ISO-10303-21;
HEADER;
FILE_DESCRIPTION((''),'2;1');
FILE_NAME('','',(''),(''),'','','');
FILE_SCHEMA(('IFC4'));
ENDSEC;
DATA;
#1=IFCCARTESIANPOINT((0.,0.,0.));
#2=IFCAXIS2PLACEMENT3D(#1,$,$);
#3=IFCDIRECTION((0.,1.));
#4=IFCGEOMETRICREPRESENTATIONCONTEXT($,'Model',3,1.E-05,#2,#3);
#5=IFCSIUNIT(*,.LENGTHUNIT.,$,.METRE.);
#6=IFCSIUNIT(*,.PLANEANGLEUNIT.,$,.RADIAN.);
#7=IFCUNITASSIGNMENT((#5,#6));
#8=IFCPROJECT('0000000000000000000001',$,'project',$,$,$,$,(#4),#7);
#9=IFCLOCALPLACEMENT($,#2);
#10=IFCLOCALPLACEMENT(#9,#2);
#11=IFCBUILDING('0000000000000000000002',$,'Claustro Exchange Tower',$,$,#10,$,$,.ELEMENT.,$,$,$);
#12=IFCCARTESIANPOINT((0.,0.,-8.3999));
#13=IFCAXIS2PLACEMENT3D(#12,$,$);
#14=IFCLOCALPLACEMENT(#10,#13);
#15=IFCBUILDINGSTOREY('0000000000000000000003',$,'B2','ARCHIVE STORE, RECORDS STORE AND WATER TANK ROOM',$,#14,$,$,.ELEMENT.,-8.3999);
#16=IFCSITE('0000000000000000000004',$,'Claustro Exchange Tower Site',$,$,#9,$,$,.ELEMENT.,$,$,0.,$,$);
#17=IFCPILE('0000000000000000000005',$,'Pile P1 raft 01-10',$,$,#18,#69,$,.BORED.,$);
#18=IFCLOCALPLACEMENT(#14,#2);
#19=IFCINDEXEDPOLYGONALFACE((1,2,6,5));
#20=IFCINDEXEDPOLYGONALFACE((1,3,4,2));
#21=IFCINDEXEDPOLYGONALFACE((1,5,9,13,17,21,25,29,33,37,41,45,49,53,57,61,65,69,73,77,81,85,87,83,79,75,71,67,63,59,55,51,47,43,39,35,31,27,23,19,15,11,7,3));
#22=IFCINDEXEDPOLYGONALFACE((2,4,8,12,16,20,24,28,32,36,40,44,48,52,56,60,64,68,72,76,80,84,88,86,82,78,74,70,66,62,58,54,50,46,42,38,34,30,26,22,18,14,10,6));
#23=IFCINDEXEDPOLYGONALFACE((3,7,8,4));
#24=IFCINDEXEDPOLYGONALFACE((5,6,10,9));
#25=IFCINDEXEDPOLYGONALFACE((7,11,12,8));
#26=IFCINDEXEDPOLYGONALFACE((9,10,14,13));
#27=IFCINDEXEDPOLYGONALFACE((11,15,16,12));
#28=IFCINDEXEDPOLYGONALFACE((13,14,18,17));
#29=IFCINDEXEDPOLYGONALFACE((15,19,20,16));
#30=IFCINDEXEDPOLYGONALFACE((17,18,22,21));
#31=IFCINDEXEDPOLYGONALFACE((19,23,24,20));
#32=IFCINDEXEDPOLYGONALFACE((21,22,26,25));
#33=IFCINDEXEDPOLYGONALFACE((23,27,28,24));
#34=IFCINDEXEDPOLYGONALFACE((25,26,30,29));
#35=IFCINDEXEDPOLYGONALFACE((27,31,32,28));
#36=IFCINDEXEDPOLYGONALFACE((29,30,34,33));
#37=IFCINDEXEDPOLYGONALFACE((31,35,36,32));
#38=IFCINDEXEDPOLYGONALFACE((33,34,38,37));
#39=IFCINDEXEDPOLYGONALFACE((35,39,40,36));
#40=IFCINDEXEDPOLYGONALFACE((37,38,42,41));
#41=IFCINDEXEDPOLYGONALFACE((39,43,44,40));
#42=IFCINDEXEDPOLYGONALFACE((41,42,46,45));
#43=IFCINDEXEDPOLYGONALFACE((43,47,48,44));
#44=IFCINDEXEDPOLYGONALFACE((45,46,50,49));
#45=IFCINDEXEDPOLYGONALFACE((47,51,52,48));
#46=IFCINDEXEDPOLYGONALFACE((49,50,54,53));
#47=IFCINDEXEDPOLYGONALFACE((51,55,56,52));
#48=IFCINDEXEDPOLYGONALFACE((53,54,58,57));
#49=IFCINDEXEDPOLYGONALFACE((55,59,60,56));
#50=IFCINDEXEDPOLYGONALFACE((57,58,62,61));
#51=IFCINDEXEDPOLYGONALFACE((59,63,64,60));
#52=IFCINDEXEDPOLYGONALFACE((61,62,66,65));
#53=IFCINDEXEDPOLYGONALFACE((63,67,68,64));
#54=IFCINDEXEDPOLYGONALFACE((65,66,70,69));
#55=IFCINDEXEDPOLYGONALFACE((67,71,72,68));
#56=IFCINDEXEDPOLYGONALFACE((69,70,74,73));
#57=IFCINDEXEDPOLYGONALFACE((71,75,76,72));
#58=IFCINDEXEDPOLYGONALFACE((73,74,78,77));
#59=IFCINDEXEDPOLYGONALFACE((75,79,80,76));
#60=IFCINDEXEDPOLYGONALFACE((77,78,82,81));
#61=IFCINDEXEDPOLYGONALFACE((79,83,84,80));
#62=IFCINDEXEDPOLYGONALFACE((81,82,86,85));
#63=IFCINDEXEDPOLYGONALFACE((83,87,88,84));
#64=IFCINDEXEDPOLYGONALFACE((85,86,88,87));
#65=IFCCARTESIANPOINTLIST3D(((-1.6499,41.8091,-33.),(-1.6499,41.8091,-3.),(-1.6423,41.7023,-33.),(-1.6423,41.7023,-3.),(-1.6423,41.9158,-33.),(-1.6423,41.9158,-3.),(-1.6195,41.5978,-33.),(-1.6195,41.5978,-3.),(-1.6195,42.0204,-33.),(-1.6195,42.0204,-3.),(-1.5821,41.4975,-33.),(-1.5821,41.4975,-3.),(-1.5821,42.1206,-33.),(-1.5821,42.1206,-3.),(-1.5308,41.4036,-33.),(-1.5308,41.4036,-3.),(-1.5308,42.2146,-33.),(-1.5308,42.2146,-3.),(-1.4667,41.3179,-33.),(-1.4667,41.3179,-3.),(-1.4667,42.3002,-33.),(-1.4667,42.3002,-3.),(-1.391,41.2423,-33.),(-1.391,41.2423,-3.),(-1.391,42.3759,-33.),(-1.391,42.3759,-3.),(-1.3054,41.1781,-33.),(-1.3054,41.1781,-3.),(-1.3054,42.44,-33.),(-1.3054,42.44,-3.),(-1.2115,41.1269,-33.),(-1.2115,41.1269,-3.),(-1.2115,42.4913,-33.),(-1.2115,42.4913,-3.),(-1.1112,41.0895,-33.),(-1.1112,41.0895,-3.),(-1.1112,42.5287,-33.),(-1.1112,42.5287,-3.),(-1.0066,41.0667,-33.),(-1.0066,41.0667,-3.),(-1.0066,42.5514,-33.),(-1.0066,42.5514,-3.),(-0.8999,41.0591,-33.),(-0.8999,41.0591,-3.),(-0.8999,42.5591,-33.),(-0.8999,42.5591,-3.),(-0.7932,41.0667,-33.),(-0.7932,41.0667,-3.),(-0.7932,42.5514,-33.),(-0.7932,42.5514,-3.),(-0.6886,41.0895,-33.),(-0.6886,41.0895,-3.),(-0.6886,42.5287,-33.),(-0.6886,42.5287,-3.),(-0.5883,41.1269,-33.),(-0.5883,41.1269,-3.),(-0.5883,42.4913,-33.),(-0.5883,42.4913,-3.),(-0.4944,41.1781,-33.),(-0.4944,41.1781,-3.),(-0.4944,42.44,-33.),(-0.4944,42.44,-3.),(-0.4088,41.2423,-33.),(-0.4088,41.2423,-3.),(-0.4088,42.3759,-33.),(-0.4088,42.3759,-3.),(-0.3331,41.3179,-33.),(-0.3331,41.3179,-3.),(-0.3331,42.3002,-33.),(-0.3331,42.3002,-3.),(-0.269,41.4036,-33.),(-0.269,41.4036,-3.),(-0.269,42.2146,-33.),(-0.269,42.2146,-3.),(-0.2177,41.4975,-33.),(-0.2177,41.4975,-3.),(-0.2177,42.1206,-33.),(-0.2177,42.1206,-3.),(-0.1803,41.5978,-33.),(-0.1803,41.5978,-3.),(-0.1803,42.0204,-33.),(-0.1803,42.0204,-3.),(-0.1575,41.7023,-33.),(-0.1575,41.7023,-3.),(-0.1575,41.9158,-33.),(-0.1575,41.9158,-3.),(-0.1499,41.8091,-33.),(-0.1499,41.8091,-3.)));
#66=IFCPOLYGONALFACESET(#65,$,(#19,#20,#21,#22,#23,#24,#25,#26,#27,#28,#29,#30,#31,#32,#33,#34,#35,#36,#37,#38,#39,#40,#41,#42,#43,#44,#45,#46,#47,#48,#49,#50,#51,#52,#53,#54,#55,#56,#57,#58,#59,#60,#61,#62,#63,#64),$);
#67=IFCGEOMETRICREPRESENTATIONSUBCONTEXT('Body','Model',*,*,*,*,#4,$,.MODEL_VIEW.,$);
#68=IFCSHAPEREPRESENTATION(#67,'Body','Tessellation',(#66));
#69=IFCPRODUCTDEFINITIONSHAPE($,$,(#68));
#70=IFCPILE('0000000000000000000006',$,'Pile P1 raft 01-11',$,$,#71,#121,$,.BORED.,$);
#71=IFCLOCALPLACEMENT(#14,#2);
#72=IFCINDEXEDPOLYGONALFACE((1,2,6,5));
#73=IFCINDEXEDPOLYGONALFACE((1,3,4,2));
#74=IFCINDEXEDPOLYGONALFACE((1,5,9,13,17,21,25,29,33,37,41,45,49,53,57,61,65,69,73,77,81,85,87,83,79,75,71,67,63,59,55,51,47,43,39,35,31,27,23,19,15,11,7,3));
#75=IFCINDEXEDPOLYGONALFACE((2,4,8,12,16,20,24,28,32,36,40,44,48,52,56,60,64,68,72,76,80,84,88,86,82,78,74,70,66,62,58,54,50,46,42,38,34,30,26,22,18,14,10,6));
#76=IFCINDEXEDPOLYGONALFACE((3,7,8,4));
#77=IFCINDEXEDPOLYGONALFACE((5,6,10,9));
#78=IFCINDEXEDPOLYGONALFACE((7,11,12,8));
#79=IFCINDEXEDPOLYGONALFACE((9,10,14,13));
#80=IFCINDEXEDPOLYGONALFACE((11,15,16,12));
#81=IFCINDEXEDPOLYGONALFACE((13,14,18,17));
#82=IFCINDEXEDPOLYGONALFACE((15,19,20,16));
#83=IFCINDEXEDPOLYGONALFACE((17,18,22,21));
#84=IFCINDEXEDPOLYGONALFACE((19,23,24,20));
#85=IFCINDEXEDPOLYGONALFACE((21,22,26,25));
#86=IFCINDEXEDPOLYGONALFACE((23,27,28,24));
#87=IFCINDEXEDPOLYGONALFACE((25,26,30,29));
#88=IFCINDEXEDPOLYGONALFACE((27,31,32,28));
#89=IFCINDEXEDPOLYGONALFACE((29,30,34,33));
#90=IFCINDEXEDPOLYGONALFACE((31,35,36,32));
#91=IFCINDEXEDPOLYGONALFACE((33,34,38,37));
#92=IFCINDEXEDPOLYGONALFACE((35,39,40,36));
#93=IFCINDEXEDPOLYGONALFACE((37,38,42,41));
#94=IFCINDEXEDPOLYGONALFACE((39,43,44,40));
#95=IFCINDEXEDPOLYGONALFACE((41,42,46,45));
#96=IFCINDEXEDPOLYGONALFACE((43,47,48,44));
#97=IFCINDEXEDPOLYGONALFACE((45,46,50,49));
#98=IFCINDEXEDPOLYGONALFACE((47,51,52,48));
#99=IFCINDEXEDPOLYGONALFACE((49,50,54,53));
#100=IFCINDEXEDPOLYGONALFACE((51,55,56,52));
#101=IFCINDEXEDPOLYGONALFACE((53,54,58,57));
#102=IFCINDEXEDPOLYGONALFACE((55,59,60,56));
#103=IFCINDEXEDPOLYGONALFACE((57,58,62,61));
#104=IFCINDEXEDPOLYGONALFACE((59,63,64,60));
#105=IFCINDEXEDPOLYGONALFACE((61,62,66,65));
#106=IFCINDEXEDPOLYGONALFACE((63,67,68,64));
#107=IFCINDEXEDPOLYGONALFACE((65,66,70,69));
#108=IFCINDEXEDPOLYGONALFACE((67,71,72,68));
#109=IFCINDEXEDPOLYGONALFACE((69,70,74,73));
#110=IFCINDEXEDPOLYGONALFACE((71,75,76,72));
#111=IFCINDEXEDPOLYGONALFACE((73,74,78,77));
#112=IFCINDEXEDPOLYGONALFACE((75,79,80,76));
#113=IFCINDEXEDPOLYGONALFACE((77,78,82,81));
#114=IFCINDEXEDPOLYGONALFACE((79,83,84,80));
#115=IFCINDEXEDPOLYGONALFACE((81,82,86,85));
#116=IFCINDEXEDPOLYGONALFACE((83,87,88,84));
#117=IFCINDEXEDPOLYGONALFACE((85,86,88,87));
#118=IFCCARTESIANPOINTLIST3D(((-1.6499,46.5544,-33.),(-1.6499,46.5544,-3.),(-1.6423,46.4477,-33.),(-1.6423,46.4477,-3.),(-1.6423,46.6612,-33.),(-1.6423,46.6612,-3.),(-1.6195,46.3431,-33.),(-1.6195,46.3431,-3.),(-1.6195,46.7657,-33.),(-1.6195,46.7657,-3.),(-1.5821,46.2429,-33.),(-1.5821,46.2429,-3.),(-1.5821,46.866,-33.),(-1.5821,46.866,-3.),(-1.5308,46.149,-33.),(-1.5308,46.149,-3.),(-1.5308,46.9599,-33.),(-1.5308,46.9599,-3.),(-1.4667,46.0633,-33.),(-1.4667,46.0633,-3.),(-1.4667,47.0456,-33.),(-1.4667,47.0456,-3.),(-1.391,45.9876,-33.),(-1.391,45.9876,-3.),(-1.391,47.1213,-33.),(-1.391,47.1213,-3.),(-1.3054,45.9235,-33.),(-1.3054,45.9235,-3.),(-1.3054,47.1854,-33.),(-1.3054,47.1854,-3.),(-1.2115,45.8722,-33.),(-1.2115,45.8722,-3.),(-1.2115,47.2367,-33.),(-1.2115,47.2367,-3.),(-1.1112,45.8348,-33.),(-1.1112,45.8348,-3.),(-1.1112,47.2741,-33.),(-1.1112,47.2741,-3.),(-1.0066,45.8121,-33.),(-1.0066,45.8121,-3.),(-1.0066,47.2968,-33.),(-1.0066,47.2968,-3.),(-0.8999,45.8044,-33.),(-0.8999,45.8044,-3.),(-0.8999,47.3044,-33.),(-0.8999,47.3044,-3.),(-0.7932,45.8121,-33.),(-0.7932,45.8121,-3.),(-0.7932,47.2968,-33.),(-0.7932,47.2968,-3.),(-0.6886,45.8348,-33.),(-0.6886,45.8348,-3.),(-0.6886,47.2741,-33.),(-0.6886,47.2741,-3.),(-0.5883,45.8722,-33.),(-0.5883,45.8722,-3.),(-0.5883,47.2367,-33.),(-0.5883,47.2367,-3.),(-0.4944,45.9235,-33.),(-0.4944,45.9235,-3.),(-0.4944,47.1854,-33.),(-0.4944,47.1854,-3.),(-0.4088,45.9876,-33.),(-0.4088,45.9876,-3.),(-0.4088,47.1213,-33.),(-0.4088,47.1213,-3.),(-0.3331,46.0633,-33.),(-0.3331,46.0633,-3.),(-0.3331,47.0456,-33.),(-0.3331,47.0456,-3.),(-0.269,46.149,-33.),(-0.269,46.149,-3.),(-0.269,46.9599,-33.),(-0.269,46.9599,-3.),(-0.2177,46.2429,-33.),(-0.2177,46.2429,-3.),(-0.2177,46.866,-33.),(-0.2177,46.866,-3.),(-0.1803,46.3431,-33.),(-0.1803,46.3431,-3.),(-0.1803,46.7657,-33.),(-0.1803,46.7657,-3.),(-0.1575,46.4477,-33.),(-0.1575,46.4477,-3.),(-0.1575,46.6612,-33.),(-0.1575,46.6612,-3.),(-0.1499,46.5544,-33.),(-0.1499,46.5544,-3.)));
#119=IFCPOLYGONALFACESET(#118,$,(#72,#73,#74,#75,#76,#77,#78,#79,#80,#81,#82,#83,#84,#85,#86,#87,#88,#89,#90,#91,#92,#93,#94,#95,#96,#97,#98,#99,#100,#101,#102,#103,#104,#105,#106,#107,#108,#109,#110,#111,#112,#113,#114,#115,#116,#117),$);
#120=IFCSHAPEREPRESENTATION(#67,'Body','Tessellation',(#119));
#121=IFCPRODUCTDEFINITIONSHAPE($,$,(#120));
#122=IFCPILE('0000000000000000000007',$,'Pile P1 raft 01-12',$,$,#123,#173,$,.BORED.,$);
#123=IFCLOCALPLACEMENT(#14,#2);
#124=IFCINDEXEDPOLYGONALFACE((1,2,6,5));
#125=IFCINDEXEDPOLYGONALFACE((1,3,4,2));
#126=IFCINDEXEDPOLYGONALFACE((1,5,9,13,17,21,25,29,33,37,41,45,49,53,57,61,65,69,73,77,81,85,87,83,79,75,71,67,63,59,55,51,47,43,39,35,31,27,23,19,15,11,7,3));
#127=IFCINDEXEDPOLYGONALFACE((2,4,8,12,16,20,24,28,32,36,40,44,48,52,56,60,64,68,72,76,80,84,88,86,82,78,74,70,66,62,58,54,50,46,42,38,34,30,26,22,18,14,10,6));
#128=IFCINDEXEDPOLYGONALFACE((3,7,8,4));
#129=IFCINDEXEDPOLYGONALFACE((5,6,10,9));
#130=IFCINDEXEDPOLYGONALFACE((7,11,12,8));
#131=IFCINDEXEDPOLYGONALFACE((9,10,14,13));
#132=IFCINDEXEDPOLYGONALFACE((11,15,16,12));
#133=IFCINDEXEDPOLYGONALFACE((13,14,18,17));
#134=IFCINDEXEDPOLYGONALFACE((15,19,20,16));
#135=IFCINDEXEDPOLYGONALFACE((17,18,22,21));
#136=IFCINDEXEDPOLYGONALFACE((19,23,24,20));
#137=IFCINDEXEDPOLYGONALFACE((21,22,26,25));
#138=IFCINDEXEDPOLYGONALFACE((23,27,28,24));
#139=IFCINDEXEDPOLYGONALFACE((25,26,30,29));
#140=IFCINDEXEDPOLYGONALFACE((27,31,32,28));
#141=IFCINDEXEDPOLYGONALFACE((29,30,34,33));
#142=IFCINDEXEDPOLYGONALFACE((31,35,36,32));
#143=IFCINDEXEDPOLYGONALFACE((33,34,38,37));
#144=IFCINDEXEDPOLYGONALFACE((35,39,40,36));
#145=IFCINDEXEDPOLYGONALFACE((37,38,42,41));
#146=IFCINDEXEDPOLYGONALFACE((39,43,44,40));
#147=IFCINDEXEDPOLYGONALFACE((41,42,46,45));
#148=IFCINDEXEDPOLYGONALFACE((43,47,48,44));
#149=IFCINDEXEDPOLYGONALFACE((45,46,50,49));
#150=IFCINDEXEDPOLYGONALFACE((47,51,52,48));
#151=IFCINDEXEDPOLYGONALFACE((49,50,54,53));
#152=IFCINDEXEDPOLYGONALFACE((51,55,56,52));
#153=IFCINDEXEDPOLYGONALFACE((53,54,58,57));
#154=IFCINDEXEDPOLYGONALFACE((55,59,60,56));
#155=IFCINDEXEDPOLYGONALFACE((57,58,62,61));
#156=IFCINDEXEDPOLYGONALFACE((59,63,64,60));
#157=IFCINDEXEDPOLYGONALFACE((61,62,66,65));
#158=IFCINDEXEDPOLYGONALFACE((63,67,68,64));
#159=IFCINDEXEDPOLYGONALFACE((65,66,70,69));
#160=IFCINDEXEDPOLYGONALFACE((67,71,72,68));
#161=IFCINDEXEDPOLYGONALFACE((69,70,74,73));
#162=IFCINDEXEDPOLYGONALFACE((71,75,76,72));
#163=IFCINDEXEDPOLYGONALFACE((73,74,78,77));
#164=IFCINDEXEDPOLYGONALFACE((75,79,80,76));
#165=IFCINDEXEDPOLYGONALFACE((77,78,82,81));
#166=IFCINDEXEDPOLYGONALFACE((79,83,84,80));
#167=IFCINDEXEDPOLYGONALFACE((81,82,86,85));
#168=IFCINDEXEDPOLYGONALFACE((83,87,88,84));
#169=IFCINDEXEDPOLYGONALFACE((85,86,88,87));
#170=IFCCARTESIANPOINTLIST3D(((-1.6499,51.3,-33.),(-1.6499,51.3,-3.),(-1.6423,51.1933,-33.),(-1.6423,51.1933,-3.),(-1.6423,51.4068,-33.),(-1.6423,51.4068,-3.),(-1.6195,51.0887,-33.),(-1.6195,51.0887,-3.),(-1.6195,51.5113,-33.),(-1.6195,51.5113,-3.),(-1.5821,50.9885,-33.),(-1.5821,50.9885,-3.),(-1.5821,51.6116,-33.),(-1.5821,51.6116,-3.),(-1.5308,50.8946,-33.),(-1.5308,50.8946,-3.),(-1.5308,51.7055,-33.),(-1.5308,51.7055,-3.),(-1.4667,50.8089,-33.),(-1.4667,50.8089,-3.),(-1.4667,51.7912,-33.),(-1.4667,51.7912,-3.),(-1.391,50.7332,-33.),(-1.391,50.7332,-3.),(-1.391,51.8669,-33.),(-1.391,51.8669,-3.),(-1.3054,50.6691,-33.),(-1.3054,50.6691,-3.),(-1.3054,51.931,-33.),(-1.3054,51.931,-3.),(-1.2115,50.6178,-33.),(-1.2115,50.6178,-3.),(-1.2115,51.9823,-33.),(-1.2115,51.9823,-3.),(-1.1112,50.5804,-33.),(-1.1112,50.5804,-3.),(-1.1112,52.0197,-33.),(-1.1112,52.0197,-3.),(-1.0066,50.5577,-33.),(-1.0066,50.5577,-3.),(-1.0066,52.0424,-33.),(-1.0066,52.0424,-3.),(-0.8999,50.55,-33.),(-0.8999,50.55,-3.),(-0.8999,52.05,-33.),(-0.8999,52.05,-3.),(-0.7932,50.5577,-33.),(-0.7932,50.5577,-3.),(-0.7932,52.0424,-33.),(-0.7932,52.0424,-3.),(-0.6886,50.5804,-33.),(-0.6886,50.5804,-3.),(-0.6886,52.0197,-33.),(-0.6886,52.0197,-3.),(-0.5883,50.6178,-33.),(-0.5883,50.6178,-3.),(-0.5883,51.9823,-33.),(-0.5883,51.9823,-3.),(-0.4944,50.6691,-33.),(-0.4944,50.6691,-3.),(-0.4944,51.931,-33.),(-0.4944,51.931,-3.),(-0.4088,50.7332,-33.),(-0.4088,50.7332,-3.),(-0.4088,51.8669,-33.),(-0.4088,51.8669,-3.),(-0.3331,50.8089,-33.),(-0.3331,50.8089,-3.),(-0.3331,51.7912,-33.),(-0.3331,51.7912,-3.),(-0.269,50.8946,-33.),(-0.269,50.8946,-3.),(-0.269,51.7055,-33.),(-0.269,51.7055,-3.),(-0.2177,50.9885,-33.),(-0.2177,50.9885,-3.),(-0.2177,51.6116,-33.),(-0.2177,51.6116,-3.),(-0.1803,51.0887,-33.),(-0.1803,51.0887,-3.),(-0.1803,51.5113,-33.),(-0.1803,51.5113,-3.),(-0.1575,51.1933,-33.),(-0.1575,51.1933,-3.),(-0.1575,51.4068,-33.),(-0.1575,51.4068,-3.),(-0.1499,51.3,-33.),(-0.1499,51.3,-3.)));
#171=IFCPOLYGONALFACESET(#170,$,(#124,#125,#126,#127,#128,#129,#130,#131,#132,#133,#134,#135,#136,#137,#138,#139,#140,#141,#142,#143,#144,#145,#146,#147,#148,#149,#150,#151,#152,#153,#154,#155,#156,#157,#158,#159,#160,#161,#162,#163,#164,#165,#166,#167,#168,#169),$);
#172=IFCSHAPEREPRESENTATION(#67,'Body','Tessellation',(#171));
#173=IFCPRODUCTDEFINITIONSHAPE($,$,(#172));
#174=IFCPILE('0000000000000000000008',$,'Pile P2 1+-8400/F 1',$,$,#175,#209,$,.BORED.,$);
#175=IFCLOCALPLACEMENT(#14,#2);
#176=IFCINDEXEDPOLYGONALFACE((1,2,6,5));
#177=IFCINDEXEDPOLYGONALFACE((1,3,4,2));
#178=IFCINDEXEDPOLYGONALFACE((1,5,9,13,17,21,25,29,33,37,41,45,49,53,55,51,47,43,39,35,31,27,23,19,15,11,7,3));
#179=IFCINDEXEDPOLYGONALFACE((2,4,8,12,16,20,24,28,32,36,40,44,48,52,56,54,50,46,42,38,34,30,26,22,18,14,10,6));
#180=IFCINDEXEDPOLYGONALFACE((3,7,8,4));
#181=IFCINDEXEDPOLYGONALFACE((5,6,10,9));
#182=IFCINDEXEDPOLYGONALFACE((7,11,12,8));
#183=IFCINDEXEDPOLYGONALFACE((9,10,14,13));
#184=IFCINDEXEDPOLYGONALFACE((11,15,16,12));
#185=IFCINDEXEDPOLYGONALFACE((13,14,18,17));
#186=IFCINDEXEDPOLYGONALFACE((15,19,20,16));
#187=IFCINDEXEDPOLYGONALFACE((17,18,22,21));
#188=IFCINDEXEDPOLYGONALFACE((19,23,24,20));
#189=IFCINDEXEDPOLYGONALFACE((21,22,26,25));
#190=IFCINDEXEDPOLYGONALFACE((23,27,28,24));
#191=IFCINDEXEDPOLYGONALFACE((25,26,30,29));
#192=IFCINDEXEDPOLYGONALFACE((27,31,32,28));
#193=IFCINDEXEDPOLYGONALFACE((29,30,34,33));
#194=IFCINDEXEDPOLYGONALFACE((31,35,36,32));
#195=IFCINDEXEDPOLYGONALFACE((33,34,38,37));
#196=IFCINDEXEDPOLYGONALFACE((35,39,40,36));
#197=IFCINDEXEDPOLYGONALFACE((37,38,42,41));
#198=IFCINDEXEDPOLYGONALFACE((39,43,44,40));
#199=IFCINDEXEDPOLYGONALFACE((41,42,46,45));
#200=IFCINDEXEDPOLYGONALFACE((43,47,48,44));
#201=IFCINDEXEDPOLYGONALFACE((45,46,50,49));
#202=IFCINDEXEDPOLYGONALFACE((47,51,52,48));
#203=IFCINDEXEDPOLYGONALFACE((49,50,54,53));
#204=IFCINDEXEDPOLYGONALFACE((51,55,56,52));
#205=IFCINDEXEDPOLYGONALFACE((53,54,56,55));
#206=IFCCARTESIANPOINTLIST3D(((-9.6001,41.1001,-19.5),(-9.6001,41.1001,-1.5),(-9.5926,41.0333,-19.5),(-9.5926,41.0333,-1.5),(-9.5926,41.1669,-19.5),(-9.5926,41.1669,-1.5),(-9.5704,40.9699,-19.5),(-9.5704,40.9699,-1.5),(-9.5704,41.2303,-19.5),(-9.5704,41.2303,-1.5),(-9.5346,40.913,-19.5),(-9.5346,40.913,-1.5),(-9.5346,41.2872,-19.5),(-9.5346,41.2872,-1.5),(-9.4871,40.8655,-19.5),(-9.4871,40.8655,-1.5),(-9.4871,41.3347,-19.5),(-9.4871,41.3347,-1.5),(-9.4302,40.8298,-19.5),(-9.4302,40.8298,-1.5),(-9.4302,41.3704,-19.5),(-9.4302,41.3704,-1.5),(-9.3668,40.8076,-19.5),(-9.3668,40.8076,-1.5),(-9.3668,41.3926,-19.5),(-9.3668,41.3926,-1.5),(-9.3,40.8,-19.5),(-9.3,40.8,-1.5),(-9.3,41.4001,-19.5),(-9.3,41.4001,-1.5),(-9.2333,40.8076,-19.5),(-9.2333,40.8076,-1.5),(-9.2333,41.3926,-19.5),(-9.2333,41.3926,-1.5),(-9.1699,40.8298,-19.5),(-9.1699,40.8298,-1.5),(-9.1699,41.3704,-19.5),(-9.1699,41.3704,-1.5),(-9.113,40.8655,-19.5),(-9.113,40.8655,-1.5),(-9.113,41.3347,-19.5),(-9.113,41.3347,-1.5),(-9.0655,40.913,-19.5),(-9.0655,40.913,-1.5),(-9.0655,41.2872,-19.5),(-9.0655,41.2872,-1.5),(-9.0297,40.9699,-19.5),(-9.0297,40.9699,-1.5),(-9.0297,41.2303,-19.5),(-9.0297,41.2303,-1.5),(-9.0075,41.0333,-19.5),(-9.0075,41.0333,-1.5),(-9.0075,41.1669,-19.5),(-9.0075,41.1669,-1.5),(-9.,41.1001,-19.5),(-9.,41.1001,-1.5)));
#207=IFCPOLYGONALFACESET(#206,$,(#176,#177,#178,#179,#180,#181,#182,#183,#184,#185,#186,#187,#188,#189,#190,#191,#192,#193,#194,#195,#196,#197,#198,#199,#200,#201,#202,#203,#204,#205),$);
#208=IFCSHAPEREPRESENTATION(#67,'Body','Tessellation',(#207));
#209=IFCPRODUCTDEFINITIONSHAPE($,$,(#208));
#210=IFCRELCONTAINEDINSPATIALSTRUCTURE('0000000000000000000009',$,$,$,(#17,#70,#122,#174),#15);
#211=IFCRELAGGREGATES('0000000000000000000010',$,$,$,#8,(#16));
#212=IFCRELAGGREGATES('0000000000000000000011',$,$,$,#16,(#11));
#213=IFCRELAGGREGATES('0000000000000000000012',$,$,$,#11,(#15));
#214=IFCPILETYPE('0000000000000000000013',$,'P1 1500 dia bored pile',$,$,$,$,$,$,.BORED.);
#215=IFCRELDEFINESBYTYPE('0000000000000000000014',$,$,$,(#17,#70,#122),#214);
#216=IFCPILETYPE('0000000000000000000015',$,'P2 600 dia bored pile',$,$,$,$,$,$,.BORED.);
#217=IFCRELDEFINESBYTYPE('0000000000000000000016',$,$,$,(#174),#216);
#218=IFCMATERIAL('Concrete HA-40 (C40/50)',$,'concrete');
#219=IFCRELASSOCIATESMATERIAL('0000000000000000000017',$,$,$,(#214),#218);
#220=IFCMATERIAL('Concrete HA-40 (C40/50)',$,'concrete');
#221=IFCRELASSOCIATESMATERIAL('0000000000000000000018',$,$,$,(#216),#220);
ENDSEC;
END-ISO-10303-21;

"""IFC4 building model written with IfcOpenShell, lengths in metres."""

from ifc_helpers import new_model, si_unit, direction, frame, origin, origin_2d, place, context, subcontext, project, spatial, circle, extrude, material, type_object, element, save


model = new_model("IFC4")

# Units and contexts
model_context = context("Model", 3, precision=1e-05, world=origin(), true_north=direction((0.0, 1.0)))
body_context = subcontext(model_context, "Body", "Model", "MODEL_VIEW")
ifc_project = project(units=[si_unit("LENGTHUNIT", "METRE"), si_unit("PLANEANGLEUNIT", "RADIAN")], contexts=[model_context])

# Site, building, storey
site_placement = place(None, origin())
site = spatial("IfcSite", under=ifc_project, at=site_placement, Name="Claustro Exchange Tower Site", CompositionType="ELEMENT", RefElevation=0.0)
building_placement = place(site_placement, origin())
building = spatial("IfcBuilding", under=site, at=building_placement, Name="Claustro Exchange Tower", CompositionType="ELEMENT")
storey_placement = place(building_placement, frame((0.0, 0.0, -8.3999)))
storey = spatial("IfcBuildingStorey", under=building, at=storey_placement, Name="B2", Description="ARCHIVE STORE, RECORDS STORE AND WATER TANK ROOM", CompositionType="ELEMENT", Elevation=-8.3999)

# Piles
ifc_material_1 = material(Name="Concrete HA-40 (C40/50)", Category="concrete")
pile_type_1 = type_object("IfcPileType", Name="P1 1500 dia bored pile", PredefinedType="BORED", material=ifc_material_1)
for number, where, z_axis, x_axis, name in (
    (1, (-0.8999, 41.8091, -3.0), (0.0, 0.0, -1.0), (1.0, 0.0, 0.0), "Pile P1 raft 01-10"),
    (2, (-0.8999, 46.5544, -3.0), (0.0, 0.0, -1.0), (1.0, 0.0, 0.0), "Pile P1 raft 01-11"),
    (3, (-0.8999, 51.3, -3.0), (0.0, 0.0, -1.0), (1.0, 0.0, 0.0), "Pile P1 raft 01-12"),
):
    element("IfcPile", number, at=place(storey_placement, frame(where, z_axis=z_axis, x_axis=x_axis)), inside=storey, type_object=pile_type_1, Name=name, PredefinedType="BORED", context=body_context, shape_type="SweptSolid", body=[
        extrude(circle(Radius=0.75, at=origin_2d()), origin(), (0.0, 0.0, 1.0), 30.0),
    ])
ifc_material_2 = material(Name="Concrete HA-40 (C40/50)", Category="concrete")
pile_type_2 = type_object("IfcPileType", Name="P2 600 dia bored pile", PredefinedType="BORED", material=ifc_material_2)
for number, where, z_axis, x_axis, name in (
    (4, (-9.3, 41.1001, -1.5), (0.0, 0.0, -1.0), (1.0, 0.0, 0.0), "Pile P2 1+-8400/F 1"),
):
    element("IfcPile", number, at=place(storey_placement, frame(where, z_axis=z_axis, x_axis=x_axis)), inside=storey, type_object=pile_type_2, Name=name, PredefinedType="BORED", context=body_context, shape_type="SweptSolid", body=[
        extrude(circle(Radius=0.3, at=origin_2d()), origin(), (0.0, 0.0, 1.0), 18.0),
    ])

save(model, "model.ifc")
